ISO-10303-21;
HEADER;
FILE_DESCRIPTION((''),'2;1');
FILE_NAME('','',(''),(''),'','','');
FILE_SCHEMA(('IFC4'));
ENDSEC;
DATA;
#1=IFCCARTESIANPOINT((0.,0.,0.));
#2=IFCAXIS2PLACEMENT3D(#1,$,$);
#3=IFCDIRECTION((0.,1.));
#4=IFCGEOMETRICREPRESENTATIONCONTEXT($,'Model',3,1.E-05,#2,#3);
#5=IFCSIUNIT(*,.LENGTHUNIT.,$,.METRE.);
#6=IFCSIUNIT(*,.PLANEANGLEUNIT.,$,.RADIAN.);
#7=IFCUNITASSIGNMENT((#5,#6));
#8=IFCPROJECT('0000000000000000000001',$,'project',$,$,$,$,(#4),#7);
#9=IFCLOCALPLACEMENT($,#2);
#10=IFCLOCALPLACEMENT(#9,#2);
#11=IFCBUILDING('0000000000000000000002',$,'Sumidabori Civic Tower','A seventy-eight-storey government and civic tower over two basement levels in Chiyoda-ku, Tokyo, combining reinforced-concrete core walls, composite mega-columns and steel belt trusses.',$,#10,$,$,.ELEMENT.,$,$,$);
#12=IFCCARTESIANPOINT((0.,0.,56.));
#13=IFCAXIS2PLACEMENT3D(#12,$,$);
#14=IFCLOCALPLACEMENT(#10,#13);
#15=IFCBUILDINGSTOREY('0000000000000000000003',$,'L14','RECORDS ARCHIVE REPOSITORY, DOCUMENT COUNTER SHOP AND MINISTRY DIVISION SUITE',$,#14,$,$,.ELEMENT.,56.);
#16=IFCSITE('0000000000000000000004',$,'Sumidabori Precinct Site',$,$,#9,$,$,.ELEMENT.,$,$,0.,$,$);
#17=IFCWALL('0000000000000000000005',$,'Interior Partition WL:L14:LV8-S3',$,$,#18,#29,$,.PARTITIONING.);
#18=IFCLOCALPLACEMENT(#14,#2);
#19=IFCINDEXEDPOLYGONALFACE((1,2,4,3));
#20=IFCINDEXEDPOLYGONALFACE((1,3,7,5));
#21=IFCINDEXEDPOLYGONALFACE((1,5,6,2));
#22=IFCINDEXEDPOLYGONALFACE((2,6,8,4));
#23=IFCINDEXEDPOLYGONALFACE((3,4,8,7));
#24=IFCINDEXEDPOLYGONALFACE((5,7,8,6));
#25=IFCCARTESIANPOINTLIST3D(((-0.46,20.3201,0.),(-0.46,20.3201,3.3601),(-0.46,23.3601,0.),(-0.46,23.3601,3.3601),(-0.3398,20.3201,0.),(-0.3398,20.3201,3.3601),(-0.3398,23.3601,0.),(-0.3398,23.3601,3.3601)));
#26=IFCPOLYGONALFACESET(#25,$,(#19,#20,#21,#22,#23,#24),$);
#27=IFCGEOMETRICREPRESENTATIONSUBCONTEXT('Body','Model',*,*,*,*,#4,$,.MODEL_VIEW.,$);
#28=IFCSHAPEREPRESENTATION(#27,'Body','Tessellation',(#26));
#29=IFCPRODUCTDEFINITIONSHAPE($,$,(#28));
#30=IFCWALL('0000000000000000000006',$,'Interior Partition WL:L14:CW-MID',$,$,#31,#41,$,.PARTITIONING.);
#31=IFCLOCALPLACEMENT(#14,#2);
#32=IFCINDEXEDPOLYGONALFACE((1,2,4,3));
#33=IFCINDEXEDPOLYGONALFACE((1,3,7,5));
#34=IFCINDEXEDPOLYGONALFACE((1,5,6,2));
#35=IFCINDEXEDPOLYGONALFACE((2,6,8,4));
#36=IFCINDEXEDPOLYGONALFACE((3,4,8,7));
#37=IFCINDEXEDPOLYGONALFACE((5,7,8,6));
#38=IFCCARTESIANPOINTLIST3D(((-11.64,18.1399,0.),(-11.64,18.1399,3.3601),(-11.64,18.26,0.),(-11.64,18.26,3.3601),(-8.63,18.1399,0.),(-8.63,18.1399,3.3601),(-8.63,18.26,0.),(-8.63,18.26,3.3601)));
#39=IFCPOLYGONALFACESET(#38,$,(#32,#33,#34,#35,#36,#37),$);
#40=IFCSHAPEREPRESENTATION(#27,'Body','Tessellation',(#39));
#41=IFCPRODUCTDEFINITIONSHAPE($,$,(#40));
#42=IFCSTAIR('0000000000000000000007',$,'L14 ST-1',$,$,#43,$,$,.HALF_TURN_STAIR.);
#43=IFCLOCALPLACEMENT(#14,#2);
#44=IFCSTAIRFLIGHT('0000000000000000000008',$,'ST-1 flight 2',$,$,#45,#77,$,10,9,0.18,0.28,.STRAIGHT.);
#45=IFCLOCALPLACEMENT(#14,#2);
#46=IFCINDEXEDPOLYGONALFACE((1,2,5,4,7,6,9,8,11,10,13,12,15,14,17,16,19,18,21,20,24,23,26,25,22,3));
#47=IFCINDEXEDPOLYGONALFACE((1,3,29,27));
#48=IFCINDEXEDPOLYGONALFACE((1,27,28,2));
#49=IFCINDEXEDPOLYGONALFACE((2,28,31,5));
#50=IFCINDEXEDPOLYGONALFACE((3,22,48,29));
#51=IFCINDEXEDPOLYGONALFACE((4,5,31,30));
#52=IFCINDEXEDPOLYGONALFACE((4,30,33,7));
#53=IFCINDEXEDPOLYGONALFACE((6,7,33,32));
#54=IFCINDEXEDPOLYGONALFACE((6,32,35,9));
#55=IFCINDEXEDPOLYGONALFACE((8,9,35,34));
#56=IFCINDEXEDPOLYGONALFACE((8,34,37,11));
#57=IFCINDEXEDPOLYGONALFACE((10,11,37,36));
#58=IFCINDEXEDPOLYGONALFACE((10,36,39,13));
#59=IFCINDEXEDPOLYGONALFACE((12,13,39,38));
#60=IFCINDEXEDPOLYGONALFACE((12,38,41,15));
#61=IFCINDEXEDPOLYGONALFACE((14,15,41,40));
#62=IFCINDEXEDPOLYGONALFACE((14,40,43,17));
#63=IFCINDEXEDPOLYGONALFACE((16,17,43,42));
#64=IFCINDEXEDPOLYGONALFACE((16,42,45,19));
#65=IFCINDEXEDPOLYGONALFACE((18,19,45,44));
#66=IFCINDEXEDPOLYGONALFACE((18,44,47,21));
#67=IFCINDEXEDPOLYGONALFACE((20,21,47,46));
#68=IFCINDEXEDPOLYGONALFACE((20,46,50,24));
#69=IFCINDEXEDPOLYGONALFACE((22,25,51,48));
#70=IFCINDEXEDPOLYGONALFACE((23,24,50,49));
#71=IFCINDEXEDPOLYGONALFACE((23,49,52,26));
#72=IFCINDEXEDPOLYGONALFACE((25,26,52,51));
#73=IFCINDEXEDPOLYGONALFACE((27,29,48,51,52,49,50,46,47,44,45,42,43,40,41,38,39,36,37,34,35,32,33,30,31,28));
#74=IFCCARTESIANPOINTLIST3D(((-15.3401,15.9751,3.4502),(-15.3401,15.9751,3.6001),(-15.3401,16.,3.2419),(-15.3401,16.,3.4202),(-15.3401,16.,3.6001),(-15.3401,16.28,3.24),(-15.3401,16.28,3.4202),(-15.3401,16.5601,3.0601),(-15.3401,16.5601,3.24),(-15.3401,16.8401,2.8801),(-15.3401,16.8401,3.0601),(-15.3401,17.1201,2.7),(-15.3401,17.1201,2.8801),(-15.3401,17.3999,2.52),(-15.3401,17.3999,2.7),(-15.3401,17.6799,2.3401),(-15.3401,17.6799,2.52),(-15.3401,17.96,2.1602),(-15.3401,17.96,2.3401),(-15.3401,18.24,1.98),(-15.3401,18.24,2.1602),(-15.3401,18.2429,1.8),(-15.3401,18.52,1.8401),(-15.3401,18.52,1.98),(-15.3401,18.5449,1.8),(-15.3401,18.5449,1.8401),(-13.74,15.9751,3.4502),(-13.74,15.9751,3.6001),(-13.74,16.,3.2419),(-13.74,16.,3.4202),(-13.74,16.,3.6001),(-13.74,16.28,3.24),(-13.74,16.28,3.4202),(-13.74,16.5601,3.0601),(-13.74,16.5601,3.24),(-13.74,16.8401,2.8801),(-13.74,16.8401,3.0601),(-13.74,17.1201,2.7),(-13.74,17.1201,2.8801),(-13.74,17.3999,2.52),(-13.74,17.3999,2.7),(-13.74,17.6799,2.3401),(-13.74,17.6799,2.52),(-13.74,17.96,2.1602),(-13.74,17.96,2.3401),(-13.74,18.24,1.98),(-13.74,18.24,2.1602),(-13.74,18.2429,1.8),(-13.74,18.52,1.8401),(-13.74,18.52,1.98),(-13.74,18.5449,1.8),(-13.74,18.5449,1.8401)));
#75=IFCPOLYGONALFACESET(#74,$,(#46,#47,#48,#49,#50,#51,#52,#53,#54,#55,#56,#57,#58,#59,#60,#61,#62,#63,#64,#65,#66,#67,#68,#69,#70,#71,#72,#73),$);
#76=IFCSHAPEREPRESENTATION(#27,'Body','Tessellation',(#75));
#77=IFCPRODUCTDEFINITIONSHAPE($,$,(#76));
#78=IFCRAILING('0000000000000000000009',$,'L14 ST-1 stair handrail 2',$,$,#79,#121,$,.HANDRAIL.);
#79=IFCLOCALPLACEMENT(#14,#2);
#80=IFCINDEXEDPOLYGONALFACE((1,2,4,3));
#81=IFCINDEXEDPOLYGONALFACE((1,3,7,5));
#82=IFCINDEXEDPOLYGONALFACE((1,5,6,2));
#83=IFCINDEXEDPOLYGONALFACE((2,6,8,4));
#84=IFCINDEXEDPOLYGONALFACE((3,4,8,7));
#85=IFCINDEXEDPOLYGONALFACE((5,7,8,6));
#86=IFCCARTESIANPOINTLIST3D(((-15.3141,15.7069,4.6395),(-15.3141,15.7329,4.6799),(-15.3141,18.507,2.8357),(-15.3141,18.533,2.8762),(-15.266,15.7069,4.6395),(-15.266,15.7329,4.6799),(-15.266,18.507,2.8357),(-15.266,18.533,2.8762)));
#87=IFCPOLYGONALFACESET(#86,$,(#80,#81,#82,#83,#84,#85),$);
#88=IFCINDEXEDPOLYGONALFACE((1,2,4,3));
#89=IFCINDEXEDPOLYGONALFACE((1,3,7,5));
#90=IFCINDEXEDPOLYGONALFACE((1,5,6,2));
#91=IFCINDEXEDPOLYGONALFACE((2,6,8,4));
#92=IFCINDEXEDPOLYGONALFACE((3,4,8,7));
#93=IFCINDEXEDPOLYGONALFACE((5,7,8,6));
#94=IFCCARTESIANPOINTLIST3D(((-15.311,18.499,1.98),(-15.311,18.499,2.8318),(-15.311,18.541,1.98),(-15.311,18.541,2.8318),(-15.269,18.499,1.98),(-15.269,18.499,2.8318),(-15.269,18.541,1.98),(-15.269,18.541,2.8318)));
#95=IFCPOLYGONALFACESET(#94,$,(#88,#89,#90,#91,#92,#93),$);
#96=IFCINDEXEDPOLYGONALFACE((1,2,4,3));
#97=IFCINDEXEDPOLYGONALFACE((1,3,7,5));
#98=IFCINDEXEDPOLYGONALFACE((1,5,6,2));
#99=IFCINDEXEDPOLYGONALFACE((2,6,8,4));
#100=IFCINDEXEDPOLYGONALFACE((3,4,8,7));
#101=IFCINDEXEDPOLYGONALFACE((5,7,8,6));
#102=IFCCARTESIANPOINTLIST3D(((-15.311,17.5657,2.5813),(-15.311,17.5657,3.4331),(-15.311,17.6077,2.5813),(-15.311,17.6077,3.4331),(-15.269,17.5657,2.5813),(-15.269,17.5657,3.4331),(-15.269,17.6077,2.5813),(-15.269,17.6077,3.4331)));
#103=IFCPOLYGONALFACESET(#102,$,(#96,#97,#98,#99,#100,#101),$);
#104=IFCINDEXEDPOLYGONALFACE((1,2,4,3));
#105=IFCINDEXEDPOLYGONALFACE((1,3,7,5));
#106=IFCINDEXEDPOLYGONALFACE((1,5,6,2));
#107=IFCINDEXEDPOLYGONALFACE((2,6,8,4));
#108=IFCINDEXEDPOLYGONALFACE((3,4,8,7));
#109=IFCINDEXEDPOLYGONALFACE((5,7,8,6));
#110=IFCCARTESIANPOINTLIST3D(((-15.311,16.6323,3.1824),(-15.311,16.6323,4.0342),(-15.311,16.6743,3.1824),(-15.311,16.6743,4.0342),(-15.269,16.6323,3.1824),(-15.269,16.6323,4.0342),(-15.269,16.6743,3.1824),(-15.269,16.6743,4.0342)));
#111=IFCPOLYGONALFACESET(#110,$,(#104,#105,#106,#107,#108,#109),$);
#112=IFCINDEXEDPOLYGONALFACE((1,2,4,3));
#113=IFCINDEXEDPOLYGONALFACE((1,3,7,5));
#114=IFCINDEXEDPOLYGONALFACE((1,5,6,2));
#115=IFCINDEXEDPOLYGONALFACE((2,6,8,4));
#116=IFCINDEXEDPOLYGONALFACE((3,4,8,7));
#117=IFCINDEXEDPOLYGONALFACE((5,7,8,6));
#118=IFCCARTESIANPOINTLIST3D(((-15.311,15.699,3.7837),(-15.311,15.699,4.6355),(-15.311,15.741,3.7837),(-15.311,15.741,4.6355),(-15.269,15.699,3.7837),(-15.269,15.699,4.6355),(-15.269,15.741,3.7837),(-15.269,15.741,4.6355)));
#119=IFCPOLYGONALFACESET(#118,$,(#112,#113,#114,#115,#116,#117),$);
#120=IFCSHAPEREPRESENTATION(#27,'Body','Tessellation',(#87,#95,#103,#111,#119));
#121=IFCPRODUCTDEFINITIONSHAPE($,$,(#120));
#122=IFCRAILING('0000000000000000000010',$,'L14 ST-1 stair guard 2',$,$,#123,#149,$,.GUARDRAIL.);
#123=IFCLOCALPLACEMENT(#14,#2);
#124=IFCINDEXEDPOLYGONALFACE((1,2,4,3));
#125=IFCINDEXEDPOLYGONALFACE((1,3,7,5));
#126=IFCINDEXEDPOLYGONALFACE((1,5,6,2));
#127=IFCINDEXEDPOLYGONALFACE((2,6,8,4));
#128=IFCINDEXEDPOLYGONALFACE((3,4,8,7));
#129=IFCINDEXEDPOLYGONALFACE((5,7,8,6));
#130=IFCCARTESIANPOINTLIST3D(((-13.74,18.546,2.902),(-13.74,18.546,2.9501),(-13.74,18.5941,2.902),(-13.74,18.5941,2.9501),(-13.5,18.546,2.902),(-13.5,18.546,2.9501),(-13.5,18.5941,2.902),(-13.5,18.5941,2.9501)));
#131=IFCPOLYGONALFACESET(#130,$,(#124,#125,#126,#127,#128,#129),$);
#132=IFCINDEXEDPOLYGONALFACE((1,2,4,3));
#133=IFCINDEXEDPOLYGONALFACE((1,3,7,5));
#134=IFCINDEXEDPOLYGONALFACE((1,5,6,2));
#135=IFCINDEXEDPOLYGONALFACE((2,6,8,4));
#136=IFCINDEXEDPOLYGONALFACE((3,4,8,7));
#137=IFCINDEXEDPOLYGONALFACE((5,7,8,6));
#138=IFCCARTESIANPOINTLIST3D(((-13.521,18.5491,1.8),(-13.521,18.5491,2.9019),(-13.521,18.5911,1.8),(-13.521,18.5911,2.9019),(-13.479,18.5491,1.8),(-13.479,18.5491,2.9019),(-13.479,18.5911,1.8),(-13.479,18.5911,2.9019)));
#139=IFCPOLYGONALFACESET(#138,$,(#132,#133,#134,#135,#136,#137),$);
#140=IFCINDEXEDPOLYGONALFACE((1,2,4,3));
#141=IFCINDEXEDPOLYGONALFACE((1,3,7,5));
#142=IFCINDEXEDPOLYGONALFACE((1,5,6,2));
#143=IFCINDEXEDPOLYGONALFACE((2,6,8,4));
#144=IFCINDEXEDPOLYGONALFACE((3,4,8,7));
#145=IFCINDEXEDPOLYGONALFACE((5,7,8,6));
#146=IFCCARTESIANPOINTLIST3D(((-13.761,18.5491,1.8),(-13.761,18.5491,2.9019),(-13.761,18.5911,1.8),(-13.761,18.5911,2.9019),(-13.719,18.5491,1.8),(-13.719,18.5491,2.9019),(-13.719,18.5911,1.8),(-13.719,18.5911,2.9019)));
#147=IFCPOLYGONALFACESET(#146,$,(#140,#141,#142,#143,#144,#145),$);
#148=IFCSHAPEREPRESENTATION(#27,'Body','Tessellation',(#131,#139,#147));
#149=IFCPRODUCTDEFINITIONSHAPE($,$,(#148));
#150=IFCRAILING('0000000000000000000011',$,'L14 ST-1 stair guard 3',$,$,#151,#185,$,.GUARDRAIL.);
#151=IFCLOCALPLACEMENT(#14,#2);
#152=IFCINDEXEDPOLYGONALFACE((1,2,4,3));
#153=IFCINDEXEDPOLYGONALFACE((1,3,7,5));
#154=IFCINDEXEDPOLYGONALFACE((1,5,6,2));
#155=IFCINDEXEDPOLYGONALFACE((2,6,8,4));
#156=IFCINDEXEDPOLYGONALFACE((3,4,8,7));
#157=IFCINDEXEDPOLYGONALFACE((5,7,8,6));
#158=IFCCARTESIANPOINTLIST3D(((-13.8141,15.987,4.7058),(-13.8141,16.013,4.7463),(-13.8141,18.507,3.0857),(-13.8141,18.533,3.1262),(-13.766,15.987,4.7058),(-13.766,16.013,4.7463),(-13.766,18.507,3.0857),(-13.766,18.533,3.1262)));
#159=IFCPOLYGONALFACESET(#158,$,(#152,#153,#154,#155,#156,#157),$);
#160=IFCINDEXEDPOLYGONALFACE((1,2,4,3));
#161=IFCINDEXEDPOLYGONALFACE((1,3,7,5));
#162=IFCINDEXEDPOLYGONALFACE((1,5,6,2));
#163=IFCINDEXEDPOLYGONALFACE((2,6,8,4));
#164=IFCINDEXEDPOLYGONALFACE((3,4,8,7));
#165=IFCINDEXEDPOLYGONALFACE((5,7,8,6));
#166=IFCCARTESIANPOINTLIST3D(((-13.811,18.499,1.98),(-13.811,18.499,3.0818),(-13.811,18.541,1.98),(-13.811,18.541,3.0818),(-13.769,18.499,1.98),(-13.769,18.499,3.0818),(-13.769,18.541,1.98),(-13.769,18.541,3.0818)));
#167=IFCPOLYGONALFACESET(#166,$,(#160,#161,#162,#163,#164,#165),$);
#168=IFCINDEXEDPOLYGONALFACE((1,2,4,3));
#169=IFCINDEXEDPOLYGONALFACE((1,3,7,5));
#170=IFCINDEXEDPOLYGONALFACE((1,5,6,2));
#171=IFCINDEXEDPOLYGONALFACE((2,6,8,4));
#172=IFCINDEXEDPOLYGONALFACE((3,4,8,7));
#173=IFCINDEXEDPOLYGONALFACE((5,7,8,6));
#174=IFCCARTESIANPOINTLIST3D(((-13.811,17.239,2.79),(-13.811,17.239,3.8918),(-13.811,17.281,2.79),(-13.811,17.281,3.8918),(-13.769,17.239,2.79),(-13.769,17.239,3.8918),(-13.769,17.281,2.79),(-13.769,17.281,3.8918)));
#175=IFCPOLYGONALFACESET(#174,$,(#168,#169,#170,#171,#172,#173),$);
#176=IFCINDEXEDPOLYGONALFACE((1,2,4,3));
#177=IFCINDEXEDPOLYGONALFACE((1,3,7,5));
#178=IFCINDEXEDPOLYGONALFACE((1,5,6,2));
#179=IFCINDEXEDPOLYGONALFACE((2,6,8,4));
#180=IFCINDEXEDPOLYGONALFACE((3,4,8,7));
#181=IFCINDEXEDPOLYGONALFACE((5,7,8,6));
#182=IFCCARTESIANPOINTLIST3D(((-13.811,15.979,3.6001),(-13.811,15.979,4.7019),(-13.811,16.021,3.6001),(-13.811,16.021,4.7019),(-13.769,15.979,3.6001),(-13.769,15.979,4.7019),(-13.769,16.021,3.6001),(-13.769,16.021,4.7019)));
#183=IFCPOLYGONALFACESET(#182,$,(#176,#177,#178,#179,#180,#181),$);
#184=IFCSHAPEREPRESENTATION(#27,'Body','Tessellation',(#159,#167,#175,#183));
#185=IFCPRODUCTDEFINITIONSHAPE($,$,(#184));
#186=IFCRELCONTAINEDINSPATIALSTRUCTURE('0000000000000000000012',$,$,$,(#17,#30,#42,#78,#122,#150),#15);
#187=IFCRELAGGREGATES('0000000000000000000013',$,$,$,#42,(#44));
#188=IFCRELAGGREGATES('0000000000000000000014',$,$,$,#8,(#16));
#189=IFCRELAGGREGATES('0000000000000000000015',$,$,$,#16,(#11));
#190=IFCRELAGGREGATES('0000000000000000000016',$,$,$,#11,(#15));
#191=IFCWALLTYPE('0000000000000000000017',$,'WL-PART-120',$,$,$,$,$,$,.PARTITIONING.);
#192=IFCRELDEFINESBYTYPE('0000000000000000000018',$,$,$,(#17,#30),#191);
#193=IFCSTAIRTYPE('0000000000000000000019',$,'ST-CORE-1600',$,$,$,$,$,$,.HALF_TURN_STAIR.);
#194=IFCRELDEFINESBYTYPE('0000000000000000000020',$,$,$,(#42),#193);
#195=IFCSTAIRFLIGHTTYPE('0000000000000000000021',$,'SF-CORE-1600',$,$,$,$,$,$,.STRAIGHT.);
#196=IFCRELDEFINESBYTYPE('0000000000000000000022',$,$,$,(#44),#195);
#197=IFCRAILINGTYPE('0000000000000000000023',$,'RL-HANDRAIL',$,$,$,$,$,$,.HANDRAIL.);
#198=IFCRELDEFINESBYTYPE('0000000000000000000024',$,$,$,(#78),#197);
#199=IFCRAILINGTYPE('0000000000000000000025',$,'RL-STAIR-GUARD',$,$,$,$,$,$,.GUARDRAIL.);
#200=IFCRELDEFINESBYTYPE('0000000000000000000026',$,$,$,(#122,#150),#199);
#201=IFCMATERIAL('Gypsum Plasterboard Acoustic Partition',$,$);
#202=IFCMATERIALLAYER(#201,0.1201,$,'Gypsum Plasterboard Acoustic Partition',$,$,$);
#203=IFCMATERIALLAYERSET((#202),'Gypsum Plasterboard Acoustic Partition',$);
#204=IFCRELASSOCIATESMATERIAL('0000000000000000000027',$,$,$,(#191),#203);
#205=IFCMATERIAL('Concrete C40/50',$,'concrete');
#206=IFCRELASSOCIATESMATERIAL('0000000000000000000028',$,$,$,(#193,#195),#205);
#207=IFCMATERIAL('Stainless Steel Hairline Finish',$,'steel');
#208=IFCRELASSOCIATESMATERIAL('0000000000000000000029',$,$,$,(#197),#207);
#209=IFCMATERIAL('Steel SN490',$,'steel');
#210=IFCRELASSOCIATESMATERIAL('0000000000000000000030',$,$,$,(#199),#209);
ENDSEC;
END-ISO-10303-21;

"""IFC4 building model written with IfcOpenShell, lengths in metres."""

from ifc_helpers import new_model, si_unit, direction, frame, frame_2d, origin, origin_2d, place, context, subcontext, project, spatial, polyline, rectangle, outline, extrude, source, transform, mapped, material, layer, layer_set, type_object, element, aggregate, save


model = new_model("IFC4")

# Units and contexts
model_context = context("Model", 3, precision=1e-05, world=origin(), true_north=direction((0.0, 1.0)))
body_context = subcontext(model_context, "Body", "Model", "MODEL_VIEW")
ifc_project = project(units=[si_unit("LENGTHUNIT", "METRE"), si_unit("PLANEANGLEUNIT", "RADIAN")], contexts=[model_context])

# Site, building, storey
site_placement = place(None, origin())
site = spatial("IfcSite", under=ifc_project, at=site_placement, Name="Sumidabori Precinct Site", CompositionType="ELEMENT", RefElevation=0.0)
building_placement = place(site_placement, origin())
building = spatial("IfcBuilding", under=site, at=building_placement, Name="Sumidabori Civic Tower", Description="A seventy-eight-storey government and civic tower over two basement levels in Chiyoda-ku, Tokyo, combining reinforced-concrete core walls, composite mega-columns and steel belt trusses.", CompositionType="ELEMENT")
storey_placement = place(building_placement, frame((0.0, 0.0, 56.0)))
storey = spatial("IfcBuildingStorey", under=building, at=storey_placement, Name="L14", Description="RECORDS ARCHIVE REPOSITORY, DOCUMENT COUNTER SHOP AND MINISTRY DIVISION SUITE", CompositionType="ELEMENT", Elevation=56.0)

# Shared definitions
ifc_material_1 = material(Name="Gypsum Plasterboard Acoustic Partition")

# Walls
ifc_layer_1 = layer(ifc_material_1, 0.1201, Name="Gypsum Plasterboard Acoustic Partition")
ifc_layer_set_1 = layer_set([ifc_layer_1], Name="Gypsum Plasterboard Acoustic Partition")
wall_type_1 = type_object("IfcWallType", Name="WL-PART-120", PredefinedType="PARTITIONING", material=ifc_layer_set_1)
shared_shape_1 = source(origin(), body_context, "Body", "SweptSolid", [
    extrude(rectangle(XDim=3.04, YDim=0.1201, at=frame_2d((1.52, 0.0))), origin(), (0.0, 0.0, 1.0), 3.3601),
])
for number, where, z_axis, x_axis, name in (
    (1, (-0.3999, 20.3201, 0.0), (0.0, 0.0, 1.0), (0.0, 1.0, 0.0), "Interior Partition WL:L14:LV8-S3"),
):
    element("IfcWall", number, at=place(storey_placement, frame(where, z_axis=z_axis, x_axis=x_axis)), inside=storey, type_object=wall_type_1, Name=name, PredefinedType="PARTITIONING", context=body_context, shape_type="MappedRepresentation", body=[
        mapped(shared_shape_1, transform((0.0, 0.0, 0.0), x_axis=(1.0, 0.0, 0.0), y_axis=(0.0, 1.0, 0.0), z_axis=(0.0, 0.0, 1.0), scale=1.0)),
    ])
shared_shape_2 = source(origin(), body_context, "Body", "SweptSolid", [
    extrude(rectangle(XDim=3.01, YDim=0.1201, at=frame_2d((1.5049, 0.0))), origin(), (0.0, 0.0, 1.0), 3.3601),
])
wall_1_placement = place(storey_placement, frame((-11.6399, 18.2, 0.0), z_axis=(0.0, 0.0, 1.0), x_axis=(1.0, 0.0, 0.0)))
element("IfcWall", 2, at=wall_1_placement, inside=storey, type_object=wall_type_1, Name="Interior Partition WL:L14:CW-MID", PredefinedType="PARTITIONING", context=body_context, shape_type="MappedRepresentation", body=[
    mapped(shared_shape_2, transform((0.0, 0.0, 0.0), x_axis=(1.0, 0.0, 0.0), y_axis=(0.0, 1.0, 0.0), z_axis=(0.0, 0.0, 1.0), scale=1.0)),
])

# Stair, stair flight
ifc_material_2 = material(Name="Concrete C40/50", Category="concrete")
stair_type = type_object("IfcStairType", Name="ST-CORE-1600", PredefinedType="HALF_TURN_STAIR", material=ifc_material_2)
stair_placement = place(storey_placement, origin())
stair = element("IfcStair", 3, at=stair_placement, inside=storey, type_object=stair_type, Name="L14 ST-1", PredefinedType="HALF_TURN_STAIR")
stair_flight_type = type_object("IfcStairFlightType", Name="SF-CORE-1600", PredefinedType="STRAIGHT", material=ifc_material_2)
shared_shape_3 = source(origin(), body_context, "Body", "SweptSolid", [
    extrude(outline(polyline([(-0.0249, 0.0), (-0.0249, 0.04), (0.0, 0.04), (0.0, 0.1799), (0.28, 0.1799), (0.28, 0.3601), (0.5601, 0.3601), (0.5601, 0.54), (0.8401, 0.54), (0.8401, 0.72), (1.1201, 0.72), (1.1201, 0.8999), (1.3999, 0.8999), (1.3999, 1.0801), (1.6799, 1.0801), (1.6799, 1.26), (1.96, 1.26), (1.96, 1.4399), (2.24, 1.4399), (2.24, 1.6201), (2.52, 1.6201), (2.52, 1.8), (2.5449, 1.8), (2.5449, 1.6501), (2.52, 1.4419), (0.2771, 0.0), (-0.0249, 0.0)])), frame((0.0, 0.8, 0.0), z_axis=(0.0, -1.0, 0.0), x_axis=(1.0, 0.0, 0.0)), (0.0, 0.0, 1.0), 1.6001),
])
stair_flight_placement = place(storey_placement, frame((-14.54, 18.52, 1.8), z_axis=(0.0, 0.0, 1.0), x_axis=(0.0, -1.0, 0.0)))
stair_flight = element("IfcStairFlight", 4, at=stair_flight_placement, type_object=stair_flight_type, Name="ST-1 flight 2", NumberOfRisers=10, NumberOfTreads=9, PredefinedType="STRAIGHT", RiserHeight=0.18, TreadLength=0.28, context=body_context, shape_type="MappedRepresentation", body=[
    mapped(shared_shape_3, transform((0.0, 0.0, 0.0), x_axis=(1.0, 0.0, 0.0), y_axis=(0.0, 1.0, 0.0), z_axis=(0.0, 0.0, 1.0), scale=1.0)),
])
aggregate(stair, [stair_flight])

# Railings
ifc_material_3 = material(Name="Stainless Steel Hairline Finish", Category="steel")
railing_type_1 = type_object("IfcRailingType", Name="RL-HANDRAIL", PredefinedType="HANDRAIL", material=ifc_material_3)
railing_1_placement = place(storey_placement, frame((-15.29, 18.52, 1.98)))
element("IfcRailing", 5, at=railing_1_placement, inside=storey, type_object=railing_type_1, Name="L14 ST-1 stair handrail 2", PredefinedType="HANDRAIL", context=body_context, shape_type="SweptSolid", body=[
    extrude(rectangle(XDim=0.0481, YDim=0.0481, at=origin_2d()), frame((0.0, 0.0, 0.876), z_axis=(0.0, -0.840676, 0.541539), x_axis=(1.0, 0.0, 0.0)), (0.0, 0.0, 1.0), 3.3308),
    extrude(rectangle(XDim=0.042, YDim=0.042, at=origin_2d()), origin(), (0.0, 0.0, 1.0), 0.8518),
    extrude(rectangle(XDim=0.042, YDim=0.042, at=origin_2d()), frame((0.0, -0.9333, 0.6013)), (0.0, 0.0, 1.0), 0.8518),
    extrude(rectangle(XDim=0.042, YDim=0.042, at=origin_2d()), frame((0.0, -1.8667, 1.2024)), (0.0, 0.0, 1.0), 0.8518),
    extrude(rectangle(XDim=0.042, YDim=0.042, at=origin_2d()), frame((0.0, -2.8, 1.8037)), (0.0, 0.0, 1.0), 0.8518),
])
ifc_material_4 = material(Name="Steel SN490", Category="steel")
railing_type_2 = type_object("IfcRailingType", Name="RL-STAIR-GUARD", PredefinedType="GUARDRAIL", material=ifc_material_4)
railing_2_placement = place(storey_placement, frame((-13.5, 18.5701, 1.8)))
element("IfcRailing", 6, at=railing_2_placement, inside=storey, type_object=railing_type_2, Name="L14 ST-1 stair guard 2", PredefinedType="GUARDRAIL", context=body_context, shape_type="SweptSolid", body=[
    extrude(rectangle(XDim=0.0481, YDim=0.0481, at=origin_2d()), frame((0.0, 0.0, 1.126), z_axis=(-1.0, 0.0, 0.0), x_axis=(0.0, -1.0, 0.0)), (0.0, 0.0, 1.0), 0.24),
    extrude(rectangle(XDim=0.042, YDim=0.042, at=origin_2d()), origin(), (0.0, 0.0, 1.0), 1.1018),
    extrude(rectangle(XDim=0.042, YDim=0.042, at=origin_2d()), frame((-0.24, 0.0, 0.0)), (0.0, 0.0, 1.0), 1.1018),
])
railing_3_placement = place(storey_placement, frame((-13.79, 18.52, 1.98)))
element("IfcRailing", 7, at=railing_3_placement, inside=storey, type_object=railing_type_2, Name="L14 ST-1 stair guard 3", PredefinedType="GUARDRAIL", context=body_context, shape_type="SweptSolid", body=[
    extrude(rectangle(XDim=0.0481, YDim=0.0481, at=origin_2d()), frame((0.0, 0.0, 1.126), z_axis=(0.0, -0.841163, 0.540782), x_axis=(1.0, 0.0, 0.0)), (0.0, 0.0, 1.0), 2.9958),
    extrude(rectangle(XDim=0.042, YDim=0.042, at=origin_2d()), origin(), (0.0, 0.0, 1.0), 1.1018),
    extrude(rectangle(XDim=0.042, YDim=0.042, at=origin_2d()), frame((0.0, -1.26, 0.8101)), (0.0, 0.0, 1.0), 1.1018),
    extrude(rectangle(XDim=0.042, YDim=0.042, at=origin_2d()), frame((0.0, -2.52, 1.6201)), (0.0, 0.0, 1.0), 1.1018),
])

save(model, "model.ifc")
